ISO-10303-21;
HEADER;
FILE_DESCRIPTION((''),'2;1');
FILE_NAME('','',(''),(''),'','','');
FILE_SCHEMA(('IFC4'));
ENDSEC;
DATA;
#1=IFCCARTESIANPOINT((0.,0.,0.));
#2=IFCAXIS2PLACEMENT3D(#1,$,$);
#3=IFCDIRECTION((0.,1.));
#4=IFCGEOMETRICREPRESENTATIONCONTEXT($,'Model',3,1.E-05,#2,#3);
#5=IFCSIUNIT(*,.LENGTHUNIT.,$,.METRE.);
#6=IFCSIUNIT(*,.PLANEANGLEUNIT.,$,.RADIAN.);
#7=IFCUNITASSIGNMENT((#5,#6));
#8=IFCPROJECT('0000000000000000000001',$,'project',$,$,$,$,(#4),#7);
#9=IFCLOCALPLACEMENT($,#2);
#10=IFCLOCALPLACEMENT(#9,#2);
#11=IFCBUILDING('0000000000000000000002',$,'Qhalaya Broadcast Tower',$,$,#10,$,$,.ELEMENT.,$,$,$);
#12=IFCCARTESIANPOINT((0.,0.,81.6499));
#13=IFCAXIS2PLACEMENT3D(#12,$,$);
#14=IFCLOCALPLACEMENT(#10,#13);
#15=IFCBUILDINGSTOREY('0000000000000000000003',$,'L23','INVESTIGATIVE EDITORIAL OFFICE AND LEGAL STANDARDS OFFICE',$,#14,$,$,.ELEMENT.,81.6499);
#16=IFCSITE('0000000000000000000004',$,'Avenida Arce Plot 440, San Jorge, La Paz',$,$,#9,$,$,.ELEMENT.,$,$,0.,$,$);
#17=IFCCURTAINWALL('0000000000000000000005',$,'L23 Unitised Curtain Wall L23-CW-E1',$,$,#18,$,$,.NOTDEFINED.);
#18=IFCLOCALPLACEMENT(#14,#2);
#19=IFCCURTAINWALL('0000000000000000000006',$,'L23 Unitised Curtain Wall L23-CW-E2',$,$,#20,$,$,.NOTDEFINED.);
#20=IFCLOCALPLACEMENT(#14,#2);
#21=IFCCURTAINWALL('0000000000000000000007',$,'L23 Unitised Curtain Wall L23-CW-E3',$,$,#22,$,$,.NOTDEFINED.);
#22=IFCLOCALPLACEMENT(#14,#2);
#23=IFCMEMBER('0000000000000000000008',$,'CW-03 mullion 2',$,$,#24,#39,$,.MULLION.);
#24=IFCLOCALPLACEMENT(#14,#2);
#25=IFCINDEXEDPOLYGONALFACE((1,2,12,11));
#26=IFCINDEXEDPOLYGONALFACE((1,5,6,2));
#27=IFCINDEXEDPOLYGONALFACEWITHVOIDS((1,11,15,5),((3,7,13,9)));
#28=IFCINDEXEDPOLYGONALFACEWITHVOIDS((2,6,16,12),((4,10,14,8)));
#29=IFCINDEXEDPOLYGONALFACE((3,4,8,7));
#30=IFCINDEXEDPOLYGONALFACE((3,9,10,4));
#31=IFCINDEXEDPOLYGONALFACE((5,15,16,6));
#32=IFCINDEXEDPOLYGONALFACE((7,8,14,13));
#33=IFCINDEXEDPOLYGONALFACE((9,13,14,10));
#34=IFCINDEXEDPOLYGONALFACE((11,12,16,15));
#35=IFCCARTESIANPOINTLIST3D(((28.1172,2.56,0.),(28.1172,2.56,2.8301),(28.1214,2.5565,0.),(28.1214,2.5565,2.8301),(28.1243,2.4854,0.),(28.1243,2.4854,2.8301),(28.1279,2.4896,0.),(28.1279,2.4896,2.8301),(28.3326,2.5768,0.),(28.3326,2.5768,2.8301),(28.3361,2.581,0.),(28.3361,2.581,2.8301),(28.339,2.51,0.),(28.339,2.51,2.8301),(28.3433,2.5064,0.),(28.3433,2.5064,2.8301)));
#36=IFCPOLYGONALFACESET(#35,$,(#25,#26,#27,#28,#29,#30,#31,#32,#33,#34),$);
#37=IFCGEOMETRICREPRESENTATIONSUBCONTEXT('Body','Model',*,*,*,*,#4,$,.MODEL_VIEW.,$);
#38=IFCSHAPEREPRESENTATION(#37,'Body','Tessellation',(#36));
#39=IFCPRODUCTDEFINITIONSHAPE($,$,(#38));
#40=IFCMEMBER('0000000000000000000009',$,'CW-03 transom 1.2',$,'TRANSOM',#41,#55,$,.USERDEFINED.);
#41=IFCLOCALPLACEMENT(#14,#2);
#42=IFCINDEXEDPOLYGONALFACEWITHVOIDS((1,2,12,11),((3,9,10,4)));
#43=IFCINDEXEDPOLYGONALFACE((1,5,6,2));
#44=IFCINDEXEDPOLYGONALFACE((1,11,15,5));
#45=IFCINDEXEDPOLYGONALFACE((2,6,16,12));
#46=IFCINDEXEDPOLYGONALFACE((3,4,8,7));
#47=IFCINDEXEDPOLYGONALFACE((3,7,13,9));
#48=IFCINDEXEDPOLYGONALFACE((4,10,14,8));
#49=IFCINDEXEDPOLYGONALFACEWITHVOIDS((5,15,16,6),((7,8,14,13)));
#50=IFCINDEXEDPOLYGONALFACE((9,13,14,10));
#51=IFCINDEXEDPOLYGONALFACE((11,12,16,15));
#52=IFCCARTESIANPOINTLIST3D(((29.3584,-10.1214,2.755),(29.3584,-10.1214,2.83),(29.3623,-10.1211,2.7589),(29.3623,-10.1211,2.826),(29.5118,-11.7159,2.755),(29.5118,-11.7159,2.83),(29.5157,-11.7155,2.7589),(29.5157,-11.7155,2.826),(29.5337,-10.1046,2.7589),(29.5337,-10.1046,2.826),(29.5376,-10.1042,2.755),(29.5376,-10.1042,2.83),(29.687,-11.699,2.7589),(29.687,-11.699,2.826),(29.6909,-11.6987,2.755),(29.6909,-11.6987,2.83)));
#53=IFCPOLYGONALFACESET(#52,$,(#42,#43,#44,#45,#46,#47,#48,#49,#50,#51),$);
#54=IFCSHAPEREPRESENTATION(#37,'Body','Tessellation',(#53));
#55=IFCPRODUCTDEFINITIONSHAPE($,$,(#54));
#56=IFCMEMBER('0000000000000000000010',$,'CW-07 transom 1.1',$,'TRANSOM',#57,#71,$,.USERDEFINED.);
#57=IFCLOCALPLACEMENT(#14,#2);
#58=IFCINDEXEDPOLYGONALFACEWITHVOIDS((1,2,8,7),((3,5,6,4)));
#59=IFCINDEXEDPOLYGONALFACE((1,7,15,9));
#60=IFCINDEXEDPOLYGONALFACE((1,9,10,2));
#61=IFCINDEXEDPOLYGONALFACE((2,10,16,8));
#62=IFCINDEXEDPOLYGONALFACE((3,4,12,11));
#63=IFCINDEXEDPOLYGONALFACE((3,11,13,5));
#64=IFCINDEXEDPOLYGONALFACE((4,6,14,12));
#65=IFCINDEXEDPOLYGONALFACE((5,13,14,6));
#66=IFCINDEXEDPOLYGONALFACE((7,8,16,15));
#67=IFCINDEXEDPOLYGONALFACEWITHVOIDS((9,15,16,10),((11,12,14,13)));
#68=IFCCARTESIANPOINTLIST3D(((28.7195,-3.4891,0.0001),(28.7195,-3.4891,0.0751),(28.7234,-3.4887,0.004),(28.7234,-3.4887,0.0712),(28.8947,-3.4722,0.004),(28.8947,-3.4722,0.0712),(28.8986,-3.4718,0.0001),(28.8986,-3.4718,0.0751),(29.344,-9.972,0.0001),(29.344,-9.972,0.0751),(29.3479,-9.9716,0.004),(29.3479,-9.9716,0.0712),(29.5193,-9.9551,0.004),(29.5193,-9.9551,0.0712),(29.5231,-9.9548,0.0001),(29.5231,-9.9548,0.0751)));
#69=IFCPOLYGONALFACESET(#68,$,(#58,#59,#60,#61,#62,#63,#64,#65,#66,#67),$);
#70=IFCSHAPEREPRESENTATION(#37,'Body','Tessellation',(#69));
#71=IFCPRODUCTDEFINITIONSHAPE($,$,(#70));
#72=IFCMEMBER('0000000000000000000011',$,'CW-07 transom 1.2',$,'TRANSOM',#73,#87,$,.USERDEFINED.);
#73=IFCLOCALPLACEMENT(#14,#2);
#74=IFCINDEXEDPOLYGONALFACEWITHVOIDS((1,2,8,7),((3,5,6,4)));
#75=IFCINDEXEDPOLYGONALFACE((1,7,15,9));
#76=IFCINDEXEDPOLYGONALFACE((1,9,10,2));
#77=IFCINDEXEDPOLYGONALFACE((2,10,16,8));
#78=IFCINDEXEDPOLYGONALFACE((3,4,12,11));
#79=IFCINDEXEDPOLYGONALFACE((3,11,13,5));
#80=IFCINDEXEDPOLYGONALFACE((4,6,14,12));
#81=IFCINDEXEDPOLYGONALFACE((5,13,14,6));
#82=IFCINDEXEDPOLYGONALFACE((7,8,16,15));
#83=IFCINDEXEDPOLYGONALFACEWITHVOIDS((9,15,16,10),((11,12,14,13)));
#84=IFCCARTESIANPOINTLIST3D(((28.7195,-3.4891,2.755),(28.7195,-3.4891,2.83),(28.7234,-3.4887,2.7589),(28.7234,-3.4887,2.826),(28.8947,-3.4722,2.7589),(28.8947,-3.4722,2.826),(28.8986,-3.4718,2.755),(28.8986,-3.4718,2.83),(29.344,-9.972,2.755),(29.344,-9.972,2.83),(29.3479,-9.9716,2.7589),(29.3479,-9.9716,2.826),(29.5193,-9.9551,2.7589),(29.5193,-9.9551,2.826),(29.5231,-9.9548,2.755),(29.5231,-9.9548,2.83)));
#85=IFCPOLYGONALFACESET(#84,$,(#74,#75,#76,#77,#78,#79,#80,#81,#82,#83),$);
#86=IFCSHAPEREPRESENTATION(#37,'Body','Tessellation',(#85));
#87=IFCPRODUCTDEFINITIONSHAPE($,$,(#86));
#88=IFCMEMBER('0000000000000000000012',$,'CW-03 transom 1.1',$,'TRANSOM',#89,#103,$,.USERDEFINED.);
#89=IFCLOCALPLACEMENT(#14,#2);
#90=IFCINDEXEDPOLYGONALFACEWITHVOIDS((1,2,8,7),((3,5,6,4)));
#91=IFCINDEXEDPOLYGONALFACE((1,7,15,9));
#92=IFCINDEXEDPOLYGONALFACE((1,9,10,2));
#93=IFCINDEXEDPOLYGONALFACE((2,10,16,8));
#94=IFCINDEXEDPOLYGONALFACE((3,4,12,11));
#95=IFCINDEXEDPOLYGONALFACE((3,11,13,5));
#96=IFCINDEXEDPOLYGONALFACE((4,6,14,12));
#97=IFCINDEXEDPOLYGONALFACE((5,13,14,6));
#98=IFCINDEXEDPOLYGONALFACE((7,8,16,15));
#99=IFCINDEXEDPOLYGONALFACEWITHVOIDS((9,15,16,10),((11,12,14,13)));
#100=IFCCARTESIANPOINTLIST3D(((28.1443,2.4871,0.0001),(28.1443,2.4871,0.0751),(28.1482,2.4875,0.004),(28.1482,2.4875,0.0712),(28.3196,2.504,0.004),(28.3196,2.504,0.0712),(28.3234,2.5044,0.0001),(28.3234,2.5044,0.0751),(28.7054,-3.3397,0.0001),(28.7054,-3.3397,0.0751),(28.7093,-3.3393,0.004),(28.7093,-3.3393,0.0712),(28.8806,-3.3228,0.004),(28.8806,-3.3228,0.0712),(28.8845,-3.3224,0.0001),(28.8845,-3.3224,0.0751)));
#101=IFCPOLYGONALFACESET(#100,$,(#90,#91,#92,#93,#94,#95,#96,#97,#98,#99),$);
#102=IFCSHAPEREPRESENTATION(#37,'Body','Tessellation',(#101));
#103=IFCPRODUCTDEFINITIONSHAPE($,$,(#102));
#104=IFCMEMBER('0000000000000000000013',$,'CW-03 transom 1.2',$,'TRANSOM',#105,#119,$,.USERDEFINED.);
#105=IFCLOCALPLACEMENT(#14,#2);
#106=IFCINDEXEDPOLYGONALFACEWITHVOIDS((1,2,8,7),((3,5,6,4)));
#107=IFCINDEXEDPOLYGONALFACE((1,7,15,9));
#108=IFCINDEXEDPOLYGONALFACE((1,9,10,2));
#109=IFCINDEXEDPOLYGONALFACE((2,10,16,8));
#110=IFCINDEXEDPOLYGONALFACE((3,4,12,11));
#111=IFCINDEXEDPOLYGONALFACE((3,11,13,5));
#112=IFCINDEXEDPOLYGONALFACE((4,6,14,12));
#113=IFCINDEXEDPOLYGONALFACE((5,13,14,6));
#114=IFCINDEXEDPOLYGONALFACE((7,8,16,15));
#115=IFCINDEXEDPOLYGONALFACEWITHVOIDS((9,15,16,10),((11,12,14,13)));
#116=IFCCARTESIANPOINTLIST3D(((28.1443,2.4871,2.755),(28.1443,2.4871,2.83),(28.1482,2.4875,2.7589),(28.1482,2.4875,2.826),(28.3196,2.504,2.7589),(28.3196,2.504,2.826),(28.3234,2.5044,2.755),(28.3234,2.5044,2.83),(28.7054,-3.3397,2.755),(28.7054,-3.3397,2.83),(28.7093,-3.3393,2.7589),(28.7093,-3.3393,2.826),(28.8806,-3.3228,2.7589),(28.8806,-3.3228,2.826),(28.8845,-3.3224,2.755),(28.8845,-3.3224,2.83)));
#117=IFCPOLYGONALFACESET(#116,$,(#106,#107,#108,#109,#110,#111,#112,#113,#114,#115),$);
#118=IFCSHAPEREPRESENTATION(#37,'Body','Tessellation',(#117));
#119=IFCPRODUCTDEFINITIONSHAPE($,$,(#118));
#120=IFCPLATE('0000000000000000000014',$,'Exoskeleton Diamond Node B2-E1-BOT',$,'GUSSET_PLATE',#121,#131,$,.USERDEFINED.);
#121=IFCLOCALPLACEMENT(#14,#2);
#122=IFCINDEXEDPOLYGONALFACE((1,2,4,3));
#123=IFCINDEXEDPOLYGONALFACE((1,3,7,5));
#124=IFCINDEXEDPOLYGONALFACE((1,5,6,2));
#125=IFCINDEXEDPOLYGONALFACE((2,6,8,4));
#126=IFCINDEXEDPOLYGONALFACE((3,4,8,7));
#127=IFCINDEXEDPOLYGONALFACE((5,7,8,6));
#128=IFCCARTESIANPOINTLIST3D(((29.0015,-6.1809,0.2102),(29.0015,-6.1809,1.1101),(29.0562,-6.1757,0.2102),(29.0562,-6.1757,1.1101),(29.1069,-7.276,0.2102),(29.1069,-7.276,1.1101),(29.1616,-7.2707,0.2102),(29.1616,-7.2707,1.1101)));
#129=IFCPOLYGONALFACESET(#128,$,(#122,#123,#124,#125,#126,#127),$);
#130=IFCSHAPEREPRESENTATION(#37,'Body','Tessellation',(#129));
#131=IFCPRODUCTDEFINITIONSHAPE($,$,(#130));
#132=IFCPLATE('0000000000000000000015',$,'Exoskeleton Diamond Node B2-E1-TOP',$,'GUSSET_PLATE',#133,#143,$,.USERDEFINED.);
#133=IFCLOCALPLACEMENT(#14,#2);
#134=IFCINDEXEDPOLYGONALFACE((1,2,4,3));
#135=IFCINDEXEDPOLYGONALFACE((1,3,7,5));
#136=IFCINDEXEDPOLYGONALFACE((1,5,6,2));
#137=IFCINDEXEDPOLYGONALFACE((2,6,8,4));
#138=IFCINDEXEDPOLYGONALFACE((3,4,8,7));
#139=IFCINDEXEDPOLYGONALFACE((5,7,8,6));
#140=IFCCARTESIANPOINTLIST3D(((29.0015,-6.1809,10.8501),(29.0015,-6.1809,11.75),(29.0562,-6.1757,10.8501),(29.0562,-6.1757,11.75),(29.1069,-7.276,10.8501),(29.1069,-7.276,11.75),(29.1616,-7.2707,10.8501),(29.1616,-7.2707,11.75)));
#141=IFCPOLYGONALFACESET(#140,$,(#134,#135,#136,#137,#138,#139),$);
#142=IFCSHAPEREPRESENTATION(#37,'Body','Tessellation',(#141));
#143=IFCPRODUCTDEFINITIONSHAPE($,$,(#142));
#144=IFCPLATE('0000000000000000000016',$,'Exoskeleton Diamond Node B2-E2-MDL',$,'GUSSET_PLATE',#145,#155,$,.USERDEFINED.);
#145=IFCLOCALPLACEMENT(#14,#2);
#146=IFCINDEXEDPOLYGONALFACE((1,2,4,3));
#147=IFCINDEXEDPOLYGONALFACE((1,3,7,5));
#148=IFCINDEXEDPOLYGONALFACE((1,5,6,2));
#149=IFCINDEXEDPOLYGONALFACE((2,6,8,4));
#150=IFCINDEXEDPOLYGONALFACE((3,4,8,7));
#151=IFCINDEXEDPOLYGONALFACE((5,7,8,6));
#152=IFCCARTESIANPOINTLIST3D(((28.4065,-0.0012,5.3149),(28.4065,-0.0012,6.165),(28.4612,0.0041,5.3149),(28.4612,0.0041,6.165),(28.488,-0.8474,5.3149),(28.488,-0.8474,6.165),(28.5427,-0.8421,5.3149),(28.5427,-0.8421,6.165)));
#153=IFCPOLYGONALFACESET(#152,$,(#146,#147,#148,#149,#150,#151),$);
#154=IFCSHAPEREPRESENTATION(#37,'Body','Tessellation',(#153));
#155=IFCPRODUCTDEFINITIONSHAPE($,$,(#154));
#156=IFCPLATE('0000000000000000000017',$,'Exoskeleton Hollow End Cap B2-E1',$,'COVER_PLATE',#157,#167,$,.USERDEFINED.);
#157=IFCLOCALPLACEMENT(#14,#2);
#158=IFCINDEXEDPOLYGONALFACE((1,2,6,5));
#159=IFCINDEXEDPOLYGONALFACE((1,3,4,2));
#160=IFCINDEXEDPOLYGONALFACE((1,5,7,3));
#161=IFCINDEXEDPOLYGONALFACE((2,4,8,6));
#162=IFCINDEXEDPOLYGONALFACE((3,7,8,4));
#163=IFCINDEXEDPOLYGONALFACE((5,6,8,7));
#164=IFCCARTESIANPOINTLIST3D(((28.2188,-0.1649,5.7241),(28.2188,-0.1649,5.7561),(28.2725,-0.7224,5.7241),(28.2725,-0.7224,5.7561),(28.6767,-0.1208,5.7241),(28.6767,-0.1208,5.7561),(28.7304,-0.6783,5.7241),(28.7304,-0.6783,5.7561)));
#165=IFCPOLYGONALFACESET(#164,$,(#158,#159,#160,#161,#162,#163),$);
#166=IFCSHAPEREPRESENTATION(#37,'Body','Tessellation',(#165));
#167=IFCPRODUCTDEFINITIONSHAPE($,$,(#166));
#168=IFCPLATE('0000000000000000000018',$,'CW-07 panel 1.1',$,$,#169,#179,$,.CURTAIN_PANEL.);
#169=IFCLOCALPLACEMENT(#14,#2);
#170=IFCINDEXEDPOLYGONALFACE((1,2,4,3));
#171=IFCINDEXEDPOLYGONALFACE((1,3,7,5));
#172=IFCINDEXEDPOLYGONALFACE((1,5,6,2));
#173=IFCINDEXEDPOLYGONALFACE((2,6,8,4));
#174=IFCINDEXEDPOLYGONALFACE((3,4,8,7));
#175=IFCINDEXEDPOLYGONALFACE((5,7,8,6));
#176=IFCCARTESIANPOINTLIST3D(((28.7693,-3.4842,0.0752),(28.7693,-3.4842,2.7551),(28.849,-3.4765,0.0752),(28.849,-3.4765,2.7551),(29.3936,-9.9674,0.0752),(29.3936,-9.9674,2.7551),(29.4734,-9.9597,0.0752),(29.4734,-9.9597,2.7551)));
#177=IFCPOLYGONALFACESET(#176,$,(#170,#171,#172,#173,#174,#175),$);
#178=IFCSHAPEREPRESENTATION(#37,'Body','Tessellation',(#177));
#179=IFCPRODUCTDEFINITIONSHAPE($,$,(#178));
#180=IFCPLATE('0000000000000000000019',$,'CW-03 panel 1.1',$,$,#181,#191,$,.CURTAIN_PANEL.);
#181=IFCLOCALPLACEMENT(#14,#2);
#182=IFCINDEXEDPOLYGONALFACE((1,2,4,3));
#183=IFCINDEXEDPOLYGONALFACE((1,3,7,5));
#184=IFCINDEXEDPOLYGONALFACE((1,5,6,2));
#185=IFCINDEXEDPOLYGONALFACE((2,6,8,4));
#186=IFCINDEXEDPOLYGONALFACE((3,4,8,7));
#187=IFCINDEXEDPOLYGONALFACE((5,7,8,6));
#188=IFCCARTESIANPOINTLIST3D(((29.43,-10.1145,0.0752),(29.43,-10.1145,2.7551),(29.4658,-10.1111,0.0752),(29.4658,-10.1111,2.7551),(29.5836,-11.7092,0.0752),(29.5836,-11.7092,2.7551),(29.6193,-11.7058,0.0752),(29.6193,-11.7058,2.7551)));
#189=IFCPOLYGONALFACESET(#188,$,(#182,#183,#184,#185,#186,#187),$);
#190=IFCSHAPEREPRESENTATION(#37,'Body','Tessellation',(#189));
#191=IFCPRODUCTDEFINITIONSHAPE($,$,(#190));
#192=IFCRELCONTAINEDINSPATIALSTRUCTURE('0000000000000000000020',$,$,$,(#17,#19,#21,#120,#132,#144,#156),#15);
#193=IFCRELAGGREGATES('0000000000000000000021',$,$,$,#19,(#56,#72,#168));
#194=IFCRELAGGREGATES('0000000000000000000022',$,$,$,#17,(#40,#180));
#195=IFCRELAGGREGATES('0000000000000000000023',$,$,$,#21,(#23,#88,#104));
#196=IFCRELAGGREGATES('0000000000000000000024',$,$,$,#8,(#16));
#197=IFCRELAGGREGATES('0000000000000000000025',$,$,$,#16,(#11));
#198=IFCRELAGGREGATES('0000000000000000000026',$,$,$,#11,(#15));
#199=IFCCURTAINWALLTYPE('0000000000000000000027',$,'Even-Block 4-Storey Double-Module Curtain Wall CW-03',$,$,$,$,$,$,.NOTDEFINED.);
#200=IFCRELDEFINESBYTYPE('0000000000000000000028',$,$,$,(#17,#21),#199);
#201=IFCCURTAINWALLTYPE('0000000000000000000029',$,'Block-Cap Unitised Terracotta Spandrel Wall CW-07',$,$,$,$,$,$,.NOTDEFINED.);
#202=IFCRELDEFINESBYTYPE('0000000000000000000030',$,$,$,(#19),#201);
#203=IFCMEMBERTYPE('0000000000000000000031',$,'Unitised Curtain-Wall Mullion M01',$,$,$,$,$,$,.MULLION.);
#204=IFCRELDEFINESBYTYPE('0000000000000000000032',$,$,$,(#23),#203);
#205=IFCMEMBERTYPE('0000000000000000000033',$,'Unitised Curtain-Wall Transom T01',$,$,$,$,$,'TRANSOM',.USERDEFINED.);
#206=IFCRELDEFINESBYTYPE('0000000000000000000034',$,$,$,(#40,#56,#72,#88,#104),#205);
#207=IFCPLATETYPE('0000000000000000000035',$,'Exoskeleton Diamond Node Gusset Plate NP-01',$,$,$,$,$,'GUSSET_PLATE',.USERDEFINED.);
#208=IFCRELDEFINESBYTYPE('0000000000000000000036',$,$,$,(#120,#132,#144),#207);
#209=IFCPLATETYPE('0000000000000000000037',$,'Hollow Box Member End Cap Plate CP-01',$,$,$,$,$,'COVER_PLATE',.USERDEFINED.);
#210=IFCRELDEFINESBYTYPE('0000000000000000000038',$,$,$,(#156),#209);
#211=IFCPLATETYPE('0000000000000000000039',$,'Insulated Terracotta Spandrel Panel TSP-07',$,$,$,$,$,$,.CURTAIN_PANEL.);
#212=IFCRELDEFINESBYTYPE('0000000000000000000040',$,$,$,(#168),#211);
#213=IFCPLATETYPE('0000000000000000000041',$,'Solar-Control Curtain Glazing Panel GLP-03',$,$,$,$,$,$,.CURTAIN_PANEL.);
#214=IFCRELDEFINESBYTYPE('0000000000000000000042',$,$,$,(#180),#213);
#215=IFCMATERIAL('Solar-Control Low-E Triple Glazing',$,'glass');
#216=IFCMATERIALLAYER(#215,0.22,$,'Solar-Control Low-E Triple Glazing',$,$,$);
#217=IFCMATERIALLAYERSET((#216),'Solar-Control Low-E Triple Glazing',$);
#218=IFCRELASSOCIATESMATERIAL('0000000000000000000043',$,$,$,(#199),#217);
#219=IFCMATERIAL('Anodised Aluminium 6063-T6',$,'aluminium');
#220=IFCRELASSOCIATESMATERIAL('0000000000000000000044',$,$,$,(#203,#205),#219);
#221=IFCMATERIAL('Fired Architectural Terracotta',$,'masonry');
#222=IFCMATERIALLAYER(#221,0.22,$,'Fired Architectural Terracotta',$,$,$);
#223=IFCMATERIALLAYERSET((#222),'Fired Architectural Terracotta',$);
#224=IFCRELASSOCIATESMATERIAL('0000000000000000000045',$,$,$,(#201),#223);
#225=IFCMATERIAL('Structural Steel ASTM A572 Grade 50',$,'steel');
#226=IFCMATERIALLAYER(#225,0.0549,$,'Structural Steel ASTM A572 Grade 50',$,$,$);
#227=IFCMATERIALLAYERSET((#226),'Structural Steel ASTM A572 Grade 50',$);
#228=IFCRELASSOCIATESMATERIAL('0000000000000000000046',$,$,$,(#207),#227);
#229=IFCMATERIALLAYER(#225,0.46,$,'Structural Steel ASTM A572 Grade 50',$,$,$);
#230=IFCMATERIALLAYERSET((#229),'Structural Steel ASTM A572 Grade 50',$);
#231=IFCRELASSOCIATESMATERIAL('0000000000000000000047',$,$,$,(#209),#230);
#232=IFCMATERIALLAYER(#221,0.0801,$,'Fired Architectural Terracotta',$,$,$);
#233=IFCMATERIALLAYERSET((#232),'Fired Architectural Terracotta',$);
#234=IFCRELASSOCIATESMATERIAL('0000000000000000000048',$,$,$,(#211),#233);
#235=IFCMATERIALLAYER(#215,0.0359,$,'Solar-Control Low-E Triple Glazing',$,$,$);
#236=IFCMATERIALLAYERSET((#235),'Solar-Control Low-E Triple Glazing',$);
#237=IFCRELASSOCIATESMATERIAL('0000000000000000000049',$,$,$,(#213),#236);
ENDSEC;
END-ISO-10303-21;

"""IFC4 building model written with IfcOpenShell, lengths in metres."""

from ifc_helpers import new_model, si_unit, direction, frame, origin, origin_2d, place, context, subcontext, project, spatial, rectangle, hollow_rectangle, extrude, material, layer, layer_set, material_profile, profile_set, type_object, element, aggregate, save


model = new_model("IFC4")

# Units and contexts
model_context = context("Model", 3, precision=1e-05, world=origin(), true_north=direction((0.0, 1.0)))
body_context = subcontext(model_context, "Body", "Model", "MODEL_VIEW")
ifc_project = project(units=[si_unit("LENGTHUNIT", "METRE"), si_unit("PLANEANGLEUNIT", "RADIAN")], contexts=[model_context])

# Site, building, storey
site_placement = place(None, origin())
site = spatial("IfcSite", under=ifc_project, at=site_placement, Name="Avenida Arce Plot 440, San Jorge, La Paz", CompositionType="ELEMENT", RefElevation=0.0)
building_placement = place(site_placement, origin())
building = spatial("IfcBuilding", under=site, at=building_placement, Name="Qhalaya Broadcast Tower", CompositionType="ELEMENT")
storey_placement = place(building_placement, frame((0.0, 0.0, 81.6499)))
storey = spatial("IfcBuildingStorey", under=building, at=storey_placement, Name="L23", Description="INVESTIGATIVE EDITORIAL OFFICE AND LEGAL STANDARDS OFFICE", CompositionType="ELEMENT", Elevation=81.6499)

# Shared definitions
ifc_material_1 = material(Name="Structural Steel ASTM A572 Grade 50", Category="steel")

# Curtain wall
ifc_material_2 = material(Name="Solar-Control Low-E Triple Glazing", Category="glass")
ifc_layer_1 = layer(ifc_material_2, 0.22, Name="Solar-Control Low-E Triple Glazing")
ifc_layer_set_1 = layer_set([ifc_layer_1], Name="Solar-Control Low-E Triple Glazing")
curtain_wall_type_1 = type_object("IfcCurtainWallType", Name="Even-Block 4-Storey Double-Module Curtain Wall CW-03", PredefinedType="NOTDEFINED", material=ifc_layer_set_1)
curtain_wall_1_placement = place(storey_placement, origin())
curtain_wall_1 = element("IfcCurtainWall", 1, at=curtain_wall_1_placement, inside=storey, type_object=curtain_wall_type_1, Name="L23 Unitised Curtain Wall L23-CW-E1", PredefinedType="NOTDEFINED")
ifc_material_3 = material(Name="Anodised Aluminium 6063-T6", Category="aluminium")
ifc_material_profile_1 = material_profile(ifc_material_3, hollow_rectangle(XDim=0.075, YDim=0.22, WallThickness=0.0039, at=origin_2d()), Name="ALU-MUL 75x220x4")
ifc_profile_set_1 = profile_set([ifc_material_profile_1], Name="Anodised Aluminium 6063-T6")
member_type_1 = type_object("IfcMemberType", Name="Unitised Curtain-Wall Mullion M01", PredefinedType="MULLION", material=ifc_profile_set_1)

# Curtain walls, member
ifc_material_4 = material(Name="Fired Architectural Terracotta", Category="masonry")
ifc_layer_2 = layer(ifc_material_4, 0.22, Name="Fired Architectural Terracotta")
ifc_layer_set_2 = layer_set([ifc_layer_2], Name="Fired Architectural Terracotta")
curtain_wall_type_2 = type_object("IfcCurtainWallType", Name="Block-Cap Unitised Terracotta Spandrel Wall CW-07", PredefinedType="NOTDEFINED", material=ifc_layer_set_2)
curtain_wall_2_placement = place(storey_placement, origin())
curtain_wall_2 = element("IfcCurtainWall", 2, at=curtain_wall_2_placement, inside=storey, type_object=curtain_wall_type_2, Name="L23 Unitised Curtain Wall L23-CW-E2", PredefinedType="NOTDEFINED")
curtain_wall_3_placement = place(storey_placement, origin())
curtain_wall_3 = element("IfcCurtainWall", 3, at=curtain_wall_3_placement, inside=storey, type_object=curtain_wall_type_1, Name="L23 Unitised Curtain Wall L23-CW-E3", PredefinedType="NOTDEFINED")
member_1_placement = place(storey_placement, frame((28.2302, 2.5332, 0.0), z_axis=(0.0, 0.0, 1.0), x_axis=(-0.095837, 0.995397, 0.0)))
member_1 = element("IfcMember", 4, at=member_1_placement, type_object=member_type_1, Name="CW-03 mullion 2", PredefinedType="MULLION", context=body_context, shape_type="SweptSolid", body=[
    extrude(hollow_rectangle(XDim=0.075, YDim=0.22, WallThickness=0.0039, at=origin_2d()), origin(), (0.0, 0.0, 1.0), 2.8301),
])

# Members
ifc_material_profile_2 = material_profile(ifc_material_3, hollow_rectangle(XDim=0.075, YDim=0.1799, WallThickness=0.0039, at=origin_2d()), Name="ALU-TRN 75x180x4")
ifc_profile_set_2 = profile_set([ifc_material_profile_2], Name="Anodised Aluminium 6063-T6")
member_type_2 = type_object("IfcMemberType", Name="Unitised Curtain-Wall Transom T01", ElementType="TRANSOM", PredefinedType="USERDEFINED", material=ifc_profile_set_2)
member_2_placement = place(storey_placement, frame((29.6013, -11.7073, 2.7925), z_axis=(-0.095715, 0.995409, 0.0), x_axis=(0.0, 0.0, 1.0)))
member_2 = element("IfcMember", 5, at=member_2_placement, type_object=member_type_2, Name="CW-03 transom 1.2", ObjectType="TRANSOM", PredefinedType="USERDEFINED", context=body_context, shape_type="SweptSolid", body=[
    extrude(hollow_rectangle(XDim=0.075, YDim=0.1799, WallThickness=0.0039, at=origin_2d()), origin(), (0.0, 0.0, 1.0), 1.6018),
])
member_3_placement = place(storey_placement, frame((29.4336, -9.9634, 0.0376), z_axis=(-0.095888, 0.995392, 0.0), x_axis=(0.0, 0.0, 1.0)))
member_3 = element("IfcMember", 6, at=member_3_placement, type_object=member_type_2, Name="CW-07 transom 1.1", ObjectType="TRANSOM", PredefinedType="USERDEFINED", context=body_context, shape_type="SweptSolid", body=[
    extrude(hollow_rectangle(XDim=0.075, YDim=0.1799, WallThickness=0.0039, at=origin_2d()), origin(), (0.0, 0.0, 1.0), 6.5129),
])
member_4_placement = place(storey_placement, frame((29.4336, -9.9634, 2.7925), z_axis=(-0.095888, 0.995392, 0.0), x_axis=(0.0, 0.0, 1.0)))
member_4 = element("IfcMember", 7, at=member_4_placement, type_object=member_type_2, Name="CW-07 transom 1.2", ObjectType="TRANSOM", PredefinedType="USERDEFINED", context=body_context, shape_type="SweptSolid", body=[
    extrude(hollow_rectangle(XDim=0.075, YDim=0.1799, WallThickness=0.0039, at=origin_2d()), origin(), (0.0, 0.0, 1.0), 6.5129),
])
member_5_placement = place(storey_placement, frame((28.7949, -3.3311, 0.0376), z_axis=(-0.09584, 0.995397, 0.0), x_axis=(0.0, 0.0, 1.0)))
member_5 = element("IfcMember", 8, at=member_5_placement, type_object=member_type_2, Name="CW-03 transom 1.1", ObjectType="TRANSOM", PredefinedType="USERDEFINED", context=body_context, shape_type="SweptSolid", body=[
    extrude(hollow_rectangle(XDim=0.075, YDim=0.1799, WallThickness=0.0039, at=origin_2d()), origin(), (0.0, 0.0, 1.0), 5.8538),
])
member_6_placement = place(storey_placement, frame((28.7949, -3.3311, 2.7925), z_axis=(-0.09584, 0.995397, 0.0), x_axis=(0.0, 0.0, 1.0)))
member_6 = element("IfcMember", 9, at=member_6_placement, type_object=member_type_2, Name="CW-03 transom 1.2", ObjectType="TRANSOM", PredefinedType="USERDEFINED", context=body_context, shape_type="SweptSolid", body=[
    extrude(hollow_rectangle(XDim=0.075, YDim=0.1799, WallThickness=0.0039, at=origin_2d()), origin(), (0.0, 0.0, 1.0), 5.8538),
])

# Plates
ifc_layer_3 = layer(ifc_material_1, 0.0549, Name="Structural Steel ASTM A572 Grade 50")
ifc_layer_set_3 = layer_set([ifc_layer_3], Name="Structural Steel ASTM A572 Grade 50")
plate_type_1 = type_object("IfcPlateType", Name="Exoskeleton Diamond Node Gusset Plate NP-01", ElementType="GUSSET_PLATE", PredefinedType="USERDEFINED", material=ifc_layer_set_3)
for number, where, z_axis, x_axis, name in (
    (10, (29.0815, -6.7258, 0.2102), (0.0, 0.0, 1.0), (-0.095846, 0.995396, 0.0), "Exoskeleton Diamond Node B2-E1-BOT"),
    (11, (29.0815, -6.7258, 10.8501), (0.0, 0.0, 1.0), (-0.095846, 0.995396, 0.0), "Exoskeleton Diamond Node B2-E1-TOP"),
):
    element("IfcPlate", number, at=place(storey_placement, frame(where, z_axis=z_axis, x_axis=x_axis)), inside=storey, type_object=plate_type_1, Name=name, ObjectType="GUSSET_PLATE", PredefinedType="USERDEFINED", context=body_context, shape_type="SweptSolid", body=[
        extrude(rectangle(XDim=1.1001, YDim=0.0549, at=origin_2d()), origin(), (0.0, 0.0, 1.0), 0.8999),
    ])
plate_1_placement = place(storey_placement, frame((28.4746, -0.4216, 5.3149), z_axis=(0.0, 0.0, 1.0), x_axis=(-0.095846, 0.995396, 0.0)))
element("IfcPlate", 12, at=plate_1_placement, inside=storey, type_object=plate_type_1, Name="Exoskeleton Diamond Node B2-E2-MDL", ObjectType="GUSSET_PLATE", PredefinedType="USERDEFINED", context=body_context, shape_type="SweptSolid", body=[
    extrude(rectangle(XDim=0.8501, YDim=0.0549, at=origin_2d()), origin(), (0.0, 0.0, 1.0), 0.8501),
])
ifc_layer_4 = layer(ifc_material_1, 0.46, Name="Structural Steel ASTM A572 Grade 50")
ifc_layer_set_4 = layer_set([ifc_layer_4], Name="Structural Steel ASTM A572 Grade 50")
plate_type_2 = type_object("IfcPlateType", Name="Hollow Box Member End Cap Plate CP-01", ElementType="COVER_PLATE", PredefinedType="USERDEFINED", material=ifc_layer_set_4)
plate_2_placement = place(storey_placement, frame((28.4746, -0.4216, 5.7241), z_axis=(0.0, 0.0, 1.0), x_axis=(-0.095846, 0.995396, 0.0)))
element("IfcPlate", 13, at=plate_2_placement, inside=storey, type_object=plate_type_2, Name="Exoskeleton Hollow End Cap B2-E1", ObjectType="COVER_PLATE", PredefinedType="USERDEFINED", context=body_context, shape_type="SweptSolid", body=[
    extrude(rectangle(XDim=0.5601, YDim=0.46, at=origin_2d()), origin(), (0.0, 0.0, 1.0), 0.032),
])

# Plates
ifc_layer_5 = layer(ifc_material_4, 0.0801, Name="Fired Architectural Terracotta")
ifc_layer_set_5 = layer_set([ifc_layer_5], Name="Fired Architectural Terracotta")
plate_type_3 = type_object("IfcPlateType", Name="Insulated Terracotta Spandrel Panel TSP-07", PredefinedType="CURTAIN_PANEL", material=ifc_layer_set_5)
plate_3_placement = place(storey_placement, frame((29.1213, -6.7219, 0.0752), z_axis=(0.0, 0.0, 1.0), x_axis=(-0.095857, 0.995395, 0.0)))
plate_3 = element("IfcPlate", 14, at=plate_3_placement, type_object=plate_type_3, Name="CW-07 panel 1.1", PredefinedType="CURTAIN_PANEL", context=body_context, shape_type="SweptSolid", body=[
    extrude(rectangle(XDim=6.5132, YDim=0.0801, at=origin_2d()), origin(), (0.0, 0.0, 1.0), 2.6799),
])
aggregate(curtain_wall_2, [member_3, member_4, plate_3])
ifc_layer_6 = layer(ifc_material_2, 0.0359, Name="Solar-Control Low-E Triple Glazing")
ifc_layer_set_6 = layer_set([ifc_layer_6], Name="Solar-Control Low-E Triple Glazing")
plate_type_4 = type_object("IfcPlateType", Name="Solar-Control Curtain Glazing Panel GLP-03", PredefinedType="CURTAIN_PANEL", material=ifc_layer_set_6)
plate_4_placement = place(storey_placement, frame((29.5247, -10.9102, 0.0752), z_axis=(0.0, 0.0, 1.0), x_axis=(-0.095835, 0.995397, 0.0)))
plate_4 = element("IfcPlate", 15, at=plate_4_placement, type_object=plate_type_4, Name="CW-03 panel 1.1", PredefinedType="CURTAIN_PANEL", context=body_context, shape_type="SweptSolid", body=[
    extrude(rectangle(XDim=1.6021, YDim=0.0359, at=origin_2d()), origin(), (0.0, 0.0, 1.0), 2.6799),
])
aggregate(curtain_wall_1, [member_2, plate_4])
aggregate(curtain_wall_3, [member_1, member_5, member_6])

save(model, "model.ifc")
